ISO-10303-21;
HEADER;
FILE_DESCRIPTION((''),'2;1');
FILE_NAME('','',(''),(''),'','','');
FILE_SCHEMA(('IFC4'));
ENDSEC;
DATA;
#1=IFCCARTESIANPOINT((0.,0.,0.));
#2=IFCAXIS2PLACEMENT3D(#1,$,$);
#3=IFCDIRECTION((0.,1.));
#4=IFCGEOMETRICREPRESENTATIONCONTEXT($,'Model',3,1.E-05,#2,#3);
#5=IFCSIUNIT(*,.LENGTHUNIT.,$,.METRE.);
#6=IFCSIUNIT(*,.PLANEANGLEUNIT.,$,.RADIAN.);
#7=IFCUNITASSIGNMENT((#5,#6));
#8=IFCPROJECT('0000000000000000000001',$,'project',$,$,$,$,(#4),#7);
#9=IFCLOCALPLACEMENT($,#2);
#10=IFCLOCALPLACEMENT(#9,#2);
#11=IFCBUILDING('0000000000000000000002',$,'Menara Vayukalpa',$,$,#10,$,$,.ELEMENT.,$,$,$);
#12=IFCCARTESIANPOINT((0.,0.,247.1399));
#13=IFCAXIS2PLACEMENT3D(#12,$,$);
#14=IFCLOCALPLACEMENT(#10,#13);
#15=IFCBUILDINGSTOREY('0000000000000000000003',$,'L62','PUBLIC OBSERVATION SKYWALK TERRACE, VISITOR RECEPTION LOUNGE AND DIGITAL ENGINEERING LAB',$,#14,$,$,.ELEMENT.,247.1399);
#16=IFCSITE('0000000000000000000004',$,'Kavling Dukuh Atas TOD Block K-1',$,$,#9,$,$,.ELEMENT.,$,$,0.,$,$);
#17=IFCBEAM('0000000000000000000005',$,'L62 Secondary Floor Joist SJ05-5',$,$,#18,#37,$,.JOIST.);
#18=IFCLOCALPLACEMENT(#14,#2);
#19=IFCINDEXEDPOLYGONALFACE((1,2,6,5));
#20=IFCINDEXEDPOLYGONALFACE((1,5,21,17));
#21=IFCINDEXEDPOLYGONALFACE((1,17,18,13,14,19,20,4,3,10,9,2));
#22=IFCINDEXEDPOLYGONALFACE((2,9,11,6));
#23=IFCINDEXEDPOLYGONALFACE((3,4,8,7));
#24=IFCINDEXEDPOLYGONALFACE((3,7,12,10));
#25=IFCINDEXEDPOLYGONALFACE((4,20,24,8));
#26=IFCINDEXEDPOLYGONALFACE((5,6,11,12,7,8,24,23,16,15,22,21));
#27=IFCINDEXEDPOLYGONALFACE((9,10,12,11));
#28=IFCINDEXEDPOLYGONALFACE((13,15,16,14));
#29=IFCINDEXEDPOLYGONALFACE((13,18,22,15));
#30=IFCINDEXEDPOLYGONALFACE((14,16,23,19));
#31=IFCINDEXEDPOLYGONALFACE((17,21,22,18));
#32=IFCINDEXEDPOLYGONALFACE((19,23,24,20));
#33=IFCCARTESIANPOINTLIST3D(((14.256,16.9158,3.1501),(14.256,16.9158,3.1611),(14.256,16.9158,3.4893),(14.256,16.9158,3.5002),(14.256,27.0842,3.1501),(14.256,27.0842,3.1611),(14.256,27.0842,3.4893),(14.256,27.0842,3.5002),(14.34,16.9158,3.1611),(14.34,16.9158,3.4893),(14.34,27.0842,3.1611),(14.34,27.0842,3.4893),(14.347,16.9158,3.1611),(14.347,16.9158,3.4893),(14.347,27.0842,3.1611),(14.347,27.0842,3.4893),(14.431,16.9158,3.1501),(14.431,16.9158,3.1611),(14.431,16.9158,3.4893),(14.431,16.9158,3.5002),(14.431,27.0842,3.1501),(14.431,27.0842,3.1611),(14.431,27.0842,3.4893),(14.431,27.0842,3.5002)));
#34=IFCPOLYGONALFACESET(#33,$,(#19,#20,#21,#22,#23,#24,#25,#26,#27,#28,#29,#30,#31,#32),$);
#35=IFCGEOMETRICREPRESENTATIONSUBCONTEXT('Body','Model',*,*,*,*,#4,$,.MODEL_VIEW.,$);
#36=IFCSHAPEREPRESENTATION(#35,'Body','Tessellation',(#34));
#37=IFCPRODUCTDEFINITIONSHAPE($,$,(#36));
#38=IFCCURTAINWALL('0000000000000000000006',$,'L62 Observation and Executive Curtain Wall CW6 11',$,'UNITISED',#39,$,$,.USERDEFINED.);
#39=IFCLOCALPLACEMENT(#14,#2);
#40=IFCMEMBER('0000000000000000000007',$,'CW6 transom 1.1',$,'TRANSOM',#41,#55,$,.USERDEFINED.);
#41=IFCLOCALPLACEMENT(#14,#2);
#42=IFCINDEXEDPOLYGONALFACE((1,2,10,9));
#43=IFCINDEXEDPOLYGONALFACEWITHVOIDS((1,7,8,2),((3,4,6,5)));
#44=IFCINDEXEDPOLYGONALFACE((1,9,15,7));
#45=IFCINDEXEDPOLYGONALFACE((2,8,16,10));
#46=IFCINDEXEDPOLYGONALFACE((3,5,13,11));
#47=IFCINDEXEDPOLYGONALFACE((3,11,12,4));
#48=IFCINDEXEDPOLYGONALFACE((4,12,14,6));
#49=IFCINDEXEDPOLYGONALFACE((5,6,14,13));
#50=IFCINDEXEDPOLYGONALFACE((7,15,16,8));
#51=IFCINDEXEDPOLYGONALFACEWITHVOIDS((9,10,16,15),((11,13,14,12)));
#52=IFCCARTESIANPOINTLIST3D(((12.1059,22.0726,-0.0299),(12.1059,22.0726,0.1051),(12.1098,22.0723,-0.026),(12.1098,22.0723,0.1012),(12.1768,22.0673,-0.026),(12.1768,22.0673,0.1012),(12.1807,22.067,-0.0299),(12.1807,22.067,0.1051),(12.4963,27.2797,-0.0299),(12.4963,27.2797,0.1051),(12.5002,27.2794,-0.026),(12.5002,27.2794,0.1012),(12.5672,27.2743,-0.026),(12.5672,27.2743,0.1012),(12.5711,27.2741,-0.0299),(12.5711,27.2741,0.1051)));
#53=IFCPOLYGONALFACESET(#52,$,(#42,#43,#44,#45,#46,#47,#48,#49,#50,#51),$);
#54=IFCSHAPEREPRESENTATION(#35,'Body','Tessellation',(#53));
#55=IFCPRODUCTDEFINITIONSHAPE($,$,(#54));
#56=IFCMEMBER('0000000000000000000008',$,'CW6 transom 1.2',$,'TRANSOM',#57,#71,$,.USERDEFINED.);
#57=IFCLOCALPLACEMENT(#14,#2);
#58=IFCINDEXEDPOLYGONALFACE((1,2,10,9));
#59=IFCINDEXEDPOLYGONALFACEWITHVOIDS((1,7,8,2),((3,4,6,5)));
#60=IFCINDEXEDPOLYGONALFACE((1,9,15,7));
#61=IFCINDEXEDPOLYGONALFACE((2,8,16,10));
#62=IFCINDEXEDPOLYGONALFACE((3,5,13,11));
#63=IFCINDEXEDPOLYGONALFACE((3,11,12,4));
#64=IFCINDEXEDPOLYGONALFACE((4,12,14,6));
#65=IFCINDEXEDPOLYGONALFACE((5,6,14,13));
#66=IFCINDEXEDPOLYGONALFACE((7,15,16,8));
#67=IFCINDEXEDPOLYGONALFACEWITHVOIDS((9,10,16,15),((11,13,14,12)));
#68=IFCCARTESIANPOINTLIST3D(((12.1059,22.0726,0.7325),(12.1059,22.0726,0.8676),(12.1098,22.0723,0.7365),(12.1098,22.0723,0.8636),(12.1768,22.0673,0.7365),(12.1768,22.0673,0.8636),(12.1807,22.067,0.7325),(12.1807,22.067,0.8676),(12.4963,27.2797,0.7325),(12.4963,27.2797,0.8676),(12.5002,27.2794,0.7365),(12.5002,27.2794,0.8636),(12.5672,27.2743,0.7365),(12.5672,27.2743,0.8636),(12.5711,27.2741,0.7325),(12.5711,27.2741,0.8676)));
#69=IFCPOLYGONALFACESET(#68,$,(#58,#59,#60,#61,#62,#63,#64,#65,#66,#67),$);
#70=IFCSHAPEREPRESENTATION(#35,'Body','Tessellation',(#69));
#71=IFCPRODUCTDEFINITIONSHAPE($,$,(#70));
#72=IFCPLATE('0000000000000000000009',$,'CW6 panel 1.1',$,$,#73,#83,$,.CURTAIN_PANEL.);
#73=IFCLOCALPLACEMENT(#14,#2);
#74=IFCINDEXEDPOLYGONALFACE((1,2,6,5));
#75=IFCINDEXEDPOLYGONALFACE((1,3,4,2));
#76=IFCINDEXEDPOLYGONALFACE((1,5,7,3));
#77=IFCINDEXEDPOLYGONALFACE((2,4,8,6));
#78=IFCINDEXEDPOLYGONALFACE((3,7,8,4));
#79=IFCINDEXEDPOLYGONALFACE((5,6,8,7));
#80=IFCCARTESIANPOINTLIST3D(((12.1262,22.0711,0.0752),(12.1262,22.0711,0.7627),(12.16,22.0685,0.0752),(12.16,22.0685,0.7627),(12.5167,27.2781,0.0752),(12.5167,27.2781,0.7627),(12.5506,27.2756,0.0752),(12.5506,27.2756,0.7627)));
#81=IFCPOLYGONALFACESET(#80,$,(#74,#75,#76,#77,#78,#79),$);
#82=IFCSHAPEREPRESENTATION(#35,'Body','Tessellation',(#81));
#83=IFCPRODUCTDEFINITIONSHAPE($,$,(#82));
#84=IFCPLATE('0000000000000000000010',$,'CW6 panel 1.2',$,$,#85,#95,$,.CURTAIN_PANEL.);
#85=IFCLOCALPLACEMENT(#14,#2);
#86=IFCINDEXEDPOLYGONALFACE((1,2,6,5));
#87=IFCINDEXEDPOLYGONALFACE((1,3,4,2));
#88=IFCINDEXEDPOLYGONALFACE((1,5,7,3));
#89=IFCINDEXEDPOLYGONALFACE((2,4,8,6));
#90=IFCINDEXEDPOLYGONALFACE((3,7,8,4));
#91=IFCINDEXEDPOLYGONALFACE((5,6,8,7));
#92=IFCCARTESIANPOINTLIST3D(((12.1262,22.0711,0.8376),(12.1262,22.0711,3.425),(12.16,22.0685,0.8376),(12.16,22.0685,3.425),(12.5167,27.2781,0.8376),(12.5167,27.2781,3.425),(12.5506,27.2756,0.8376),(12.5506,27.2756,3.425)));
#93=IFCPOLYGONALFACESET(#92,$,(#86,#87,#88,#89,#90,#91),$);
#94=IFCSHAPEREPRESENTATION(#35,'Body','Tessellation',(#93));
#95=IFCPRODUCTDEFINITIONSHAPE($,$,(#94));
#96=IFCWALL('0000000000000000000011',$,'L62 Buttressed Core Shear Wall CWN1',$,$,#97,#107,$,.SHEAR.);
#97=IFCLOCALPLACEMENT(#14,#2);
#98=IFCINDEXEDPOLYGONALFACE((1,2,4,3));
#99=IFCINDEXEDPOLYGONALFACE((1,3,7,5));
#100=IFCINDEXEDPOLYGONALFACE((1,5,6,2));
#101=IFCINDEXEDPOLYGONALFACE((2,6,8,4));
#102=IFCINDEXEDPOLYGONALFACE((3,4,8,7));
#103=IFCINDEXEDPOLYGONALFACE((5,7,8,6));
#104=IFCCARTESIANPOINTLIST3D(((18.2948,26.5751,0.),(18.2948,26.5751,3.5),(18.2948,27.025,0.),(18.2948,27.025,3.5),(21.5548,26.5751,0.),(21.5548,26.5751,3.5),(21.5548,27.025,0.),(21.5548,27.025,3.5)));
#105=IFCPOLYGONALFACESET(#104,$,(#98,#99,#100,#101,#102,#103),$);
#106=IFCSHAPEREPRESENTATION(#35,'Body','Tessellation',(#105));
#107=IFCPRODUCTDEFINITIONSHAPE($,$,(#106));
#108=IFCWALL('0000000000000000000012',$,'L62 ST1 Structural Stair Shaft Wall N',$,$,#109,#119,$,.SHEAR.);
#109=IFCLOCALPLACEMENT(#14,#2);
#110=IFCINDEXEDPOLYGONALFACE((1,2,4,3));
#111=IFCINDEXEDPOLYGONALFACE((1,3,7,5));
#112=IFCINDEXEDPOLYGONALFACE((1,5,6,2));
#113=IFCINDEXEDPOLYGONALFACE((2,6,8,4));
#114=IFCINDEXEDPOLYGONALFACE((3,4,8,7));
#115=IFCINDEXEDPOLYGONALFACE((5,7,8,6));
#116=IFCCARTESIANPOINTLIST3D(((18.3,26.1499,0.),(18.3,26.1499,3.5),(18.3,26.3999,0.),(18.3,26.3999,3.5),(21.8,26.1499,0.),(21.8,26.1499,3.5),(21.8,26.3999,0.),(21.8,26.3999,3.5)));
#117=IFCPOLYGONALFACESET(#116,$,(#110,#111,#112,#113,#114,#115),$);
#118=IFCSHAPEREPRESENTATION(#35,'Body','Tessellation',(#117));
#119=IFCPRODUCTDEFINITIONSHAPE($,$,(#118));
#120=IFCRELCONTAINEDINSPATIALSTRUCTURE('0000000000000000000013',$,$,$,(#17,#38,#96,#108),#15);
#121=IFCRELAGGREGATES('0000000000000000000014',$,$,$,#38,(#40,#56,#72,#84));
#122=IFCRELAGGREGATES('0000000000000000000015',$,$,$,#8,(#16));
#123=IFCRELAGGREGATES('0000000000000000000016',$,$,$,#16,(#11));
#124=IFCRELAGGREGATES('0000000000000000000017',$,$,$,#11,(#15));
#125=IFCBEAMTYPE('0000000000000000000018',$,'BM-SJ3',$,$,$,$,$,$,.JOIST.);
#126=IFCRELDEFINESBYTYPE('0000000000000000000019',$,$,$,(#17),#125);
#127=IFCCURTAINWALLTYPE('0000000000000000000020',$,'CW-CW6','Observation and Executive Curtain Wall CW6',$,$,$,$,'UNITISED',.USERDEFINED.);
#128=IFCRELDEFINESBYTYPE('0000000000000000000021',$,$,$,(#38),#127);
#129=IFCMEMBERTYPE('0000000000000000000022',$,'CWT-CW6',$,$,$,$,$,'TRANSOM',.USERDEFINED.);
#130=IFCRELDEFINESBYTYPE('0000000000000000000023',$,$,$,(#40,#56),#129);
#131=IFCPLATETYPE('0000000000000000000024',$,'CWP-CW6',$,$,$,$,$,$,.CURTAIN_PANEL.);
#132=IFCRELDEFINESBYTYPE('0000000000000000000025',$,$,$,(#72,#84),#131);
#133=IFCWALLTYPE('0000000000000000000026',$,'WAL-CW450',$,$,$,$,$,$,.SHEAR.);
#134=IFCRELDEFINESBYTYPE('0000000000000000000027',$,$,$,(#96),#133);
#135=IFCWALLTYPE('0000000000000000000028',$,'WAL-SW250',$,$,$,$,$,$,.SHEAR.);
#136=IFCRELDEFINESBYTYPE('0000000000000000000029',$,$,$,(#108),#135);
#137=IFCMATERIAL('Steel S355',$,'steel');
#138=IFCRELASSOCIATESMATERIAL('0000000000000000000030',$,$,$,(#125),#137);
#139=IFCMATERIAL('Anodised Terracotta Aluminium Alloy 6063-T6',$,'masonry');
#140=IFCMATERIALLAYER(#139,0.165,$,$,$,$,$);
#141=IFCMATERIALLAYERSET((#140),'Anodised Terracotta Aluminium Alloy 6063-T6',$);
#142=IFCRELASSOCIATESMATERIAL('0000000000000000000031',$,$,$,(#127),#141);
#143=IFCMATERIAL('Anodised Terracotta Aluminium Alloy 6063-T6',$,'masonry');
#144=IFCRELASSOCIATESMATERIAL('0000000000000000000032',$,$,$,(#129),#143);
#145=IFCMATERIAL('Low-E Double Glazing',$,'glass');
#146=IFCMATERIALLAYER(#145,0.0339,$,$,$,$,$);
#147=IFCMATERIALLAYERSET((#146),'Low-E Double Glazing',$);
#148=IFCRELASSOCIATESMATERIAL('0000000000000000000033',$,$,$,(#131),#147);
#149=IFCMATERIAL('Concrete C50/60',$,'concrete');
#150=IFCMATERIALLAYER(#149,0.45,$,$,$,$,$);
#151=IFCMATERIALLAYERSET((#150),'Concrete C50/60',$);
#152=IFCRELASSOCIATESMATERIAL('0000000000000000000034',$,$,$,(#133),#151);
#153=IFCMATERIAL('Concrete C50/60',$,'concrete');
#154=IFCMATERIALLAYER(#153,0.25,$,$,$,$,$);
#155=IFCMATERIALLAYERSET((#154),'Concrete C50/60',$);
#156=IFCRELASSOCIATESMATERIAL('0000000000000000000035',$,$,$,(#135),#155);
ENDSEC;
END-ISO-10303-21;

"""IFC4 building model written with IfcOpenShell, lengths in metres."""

from ifc_helpers import new_model, si_unit, direction, frame, frame_2d, origin, origin_2d, place, context, subcontext, project, spatial, rectangle, hollow_rectangle, i_section, extrude, material, layer, layer_set, material_profile, profile_set, type_object, element, aggregate, save


model = new_model("IFC4")

# Units and contexts
model_context = context("Model", 3, precision=1e-05, world=origin(), true_north=direction((0.0, 1.0)))
body_context = subcontext(model_context, "Body", "Model", "MODEL_VIEW")
ifc_project = project(units=[si_unit("LENGTHUNIT", "METRE"), si_unit("PLANEANGLEUNIT", "RADIAN")], contexts=[model_context])

# Site, building, storey
site_placement = place(None, origin())
site = spatial("IfcSite", under=ifc_project, at=site_placement, Name="Kavling Dukuh Atas TOD Block K-1", CompositionType="ELEMENT", RefElevation=0.0)
building_placement = place(site_placement, origin())
building = spatial("IfcBuilding", under=site, at=building_placement, Name="Menara Vayukalpa", CompositionType="ELEMENT")
storey_placement = place(building_placement, frame((0.0, 0.0, 247.1399)))
storey = spatial("IfcBuildingStorey", under=building, at=storey_placement, Name="L62", Description="PUBLIC OBSERVATION SKYWALK TERRACE, VISITOR RECEPTION LOUNGE AND DIGITAL ENGINEERING LAB", CompositionType="ELEMENT", Elevation=247.1399)

# Beam
ifc_material_1 = material(Name="Steel S355", Category="steel")
ifc_material_profile_1 = material_profile(ifc_material_1, i_section(OverallWidth=0.175, OverallDepth=0.3501, WebThickness=0.0071, FlangeThickness=0.011, at=origin_2d()), Name="WF 350x175x7x11")
ifc_profile_set_1 = profile_set([ifc_material_profile_1], Name="Steel S355")
beam_type_1 = type_object("IfcBeamType", Name="BM-SJ3", PredefinedType="JOIST", material=ifc_profile_set_1)
beam_1_placement = place(storey_placement, frame((14.3435, 27.0842, 3.3252), z_axis=(0.0, -1.0, 0.0), x_axis=(1.0, 0.0, 0.0)))
element("IfcBeam", 1, at=beam_1_placement, inside=storey, type_object=beam_type_1, Name="L62 Secondary Floor Joist SJ05-5", PredefinedType="JOIST", context=body_context, shape_type="SweptSolid", body=[
    extrude(i_section(OverallWidth=0.175, OverallDepth=0.3501, WebThickness=0.0071, FlangeThickness=0.011, at=origin_2d()), origin(), (0.0, 0.0, 1.0), 10.1685),
])

# Curtain wall, members, plates
ifc_material_2 = material(Name="Anodised Terracotta Aluminium Alloy 6063-T6", Category="masonry")
ifc_layer_1 = layer(ifc_material_2, 0.165)
ifc_layer_set_1 = layer_set([ifc_layer_1], Name="Anodised Terracotta Aluminium Alloy 6063-T6")
curtain_wall_type = type_object("IfcCurtainWallType", Name="CW-CW6", Description="Observation and Executive Curtain Wall CW6", ElementType="UNITISED", PredefinedType="USERDEFINED", material=ifc_layer_set_1)
curtain_wall_placement = place(storey_placement, origin())
curtain_wall = element("IfcCurtainWall", 2, at=curtain_wall_placement, inside=storey, type_object=curtain_wall_type, Name="L62 Observation and Executive Curtain Wall CW6 11", ObjectType="UNITISED", PredefinedType="USERDEFINED")
ifc_material_3 = material(Name="Anodised Terracotta Aluminium Alloy 6063-T6", Category="masonry")
ifc_material_profile_2 = material_profile(ifc_material_3, hollow_rectangle(XDim=0.075, YDim=0.135, WallThickness=0.0039, at=origin_2d()), Name="ALU 75x135x4")
ifc_profile_set_2 = profile_set([ifc_material_profile_2], Name="Anodised Terracotta Aluminium Alloy 6063-T6")
member_type = type_object("IfcMemberType", Name="CWT-CW6", ElementType="TRANSOM", PredefinedType="USERDEFINED", material=ifc_profile_set_2)
member_1_placement = place(storey_placement, frame((12.5337, 27.2769, 0.0376), z_axis=(-0.074762, -0.997201, 0.0), x_axis=(0.997201, -0.074762, 0.0)))
member_1 = element("IfcMember", 3, at=member_1_placement, type_object=member_type, Name="CW6 transom 1.1", ObjectType="TRANSOM", PredefinedType="USERDEFINED", context=body_context, shape_type="SweptSolid", body=[
    extrude(hollow_rectangle(XDim=0.075, YDim=0.135, WallThickness=0.0039, at=origin_2d()), origin(), (0.0, 0.0, 1.0), 5.2217),
])
member_2_placement = place(storey_placement, frame((12.5337, 27.2769, 0.8), z_axis=(-0.074762, -0.997201, 0.0), x_axis=(0.997201, -0.074762, 0.0)))
member_2 = element("IfcMember", 4, at=member_2_placement, type_object=member_type, Name="CW6 transom 1.2", ObjectType="TRANSOM", PredefinedType="USERDEFINED", context=body_context, shape_type="SweptSolid", body=[
    extrude(hollow_rectangle(XDim=0.075, YDim=0.135, WallThickness=0.0039, at=origin_2d()), origin(), (0.0, 0.0, 1.0), 5.2217),
])
ifc_material_4 = material(Name="Low-E Double Glazing", Category="glass")
ifc_layer_2 = layer(ifc_material_4, 0.0339)
ifc_layer_set_2 = layer_set([ifc_layer_2], Name="Low-E Double Glazing")
plate_type = type_object("IfcPlateType", Name="CWP-CW6", PredefinedType="CURTAIN_PANEL", material=ifc_layer_set_2)
plate_1_placement = place(storey_placement, frame((12.3384, 24.6733, 0.0752), z_axis=(0.0, 0.0, 1.0), x_axis=(-0.074789, -0.997199, 0.0)))
plate_1 = element("IfcPlate", 5, at=plate_1_placement, type_object=plate_type, Name="CW6 panel 1.1", PredefinedType="CURTAIN_PANEL", context=body_context, shape_type="SweptSolid", body=[
    extrude(rectangle(XDim=5.2217, YDim=0.0339, at=origin_2d()), origin(), (0.0, 0.0, 1.0), 0.6875),
])
plate_2_placement = place(storey_placement, frame((12.3384, 24.6733, 0.8376), z_axis=(0.0, 0.0, 1.0), x_axis=(-0.074789, -0.997199, 0.0)))
plate_2 = element("IfcPlate", 6, at=plate_2_placement, type_object=plate_type, Name="CW6 panel 1.2", PredefinedType="CURTAIN_PANEL", context=body_context, shape_type="SweptSolid", body=[
    extrude(rectangle(XDim=5.2217, YDim=0.0339, at=origin_2d()), origin(), (0.0, 0.0, 1.0), 2.5874),
])
aggregate(curtain_wall, [member_1, member_2, plate_1, plate_2])

# Walls
ifc_material_5 = material(Name="Concrete C50/60", Category="concrete")
ifc_layer_3 = layer(ifc_material_5, 0.45)
ifc_layer_set_3 = layer_set([ifc_layer_3], Name="Concrete C50/60")
wall_type_1 = type_object("IfcWallType", Name="WAL-CW450", PredefinedType="SHEAR", material=ifc_layer_set_3)
wall_1_placement = place(storey_placement, frame((18.2949, 26.8, 0.0), z_axis=(0.0, 0.0, 1.0), x_axis=(1.0, 0.0, 0.0)))
element("IfcWall", 7, at=wall_1_placement, inside=storey, type_object=wall_type_1, Name="L62 Buttressed Core Shear Wall CWN1", PredefinedType="SHEAR", context=body_context, shape_type="SweptSolid", body=[
    extrude(rectangle(XDim=3.26, YDim=0.45, at=frame_2d((1.6299, 0.0))), origin(), (0.0, 0.0, 1.0), 3.5),
])
ifc_material_6 = material(Name="Concrete C50/60", Category="concrete")
ifc_layer_4 = layer(ifc_material_6, 0.25)
ifc_layer_set_4 = layer_set([ifc_layer_4], Name="Concrete C50/60")
wall_type_2 = type_object("IfcWallType", Name="WAL-SW250", PredefinedType="SHEAR", material=ifc_layer_set_4)
wall_2_placement = place(storey_placement, frame((18.3, 26.2749, 0.0), z_axis=(0.0, 0.0, 1.0), x_axis=(1.0, 0.0, 0.0)))
element("IfcWall", 8, at=wall_2_placement, inside=storey, type_object=wall_type_2, Name="L62 ST1 Structural Stair Shaft Wall N", PredefinedType="SHEAR", context=body_context, shape_type="SweptSolid", body=[
    extrude(rectangle(XDim=3.5, YDim=0.25, at=frame_2d((1.75, 0.0))), origin(), (0.0, 0.0, 1.0), 3.5),
])

save(model, "model.ifc")
